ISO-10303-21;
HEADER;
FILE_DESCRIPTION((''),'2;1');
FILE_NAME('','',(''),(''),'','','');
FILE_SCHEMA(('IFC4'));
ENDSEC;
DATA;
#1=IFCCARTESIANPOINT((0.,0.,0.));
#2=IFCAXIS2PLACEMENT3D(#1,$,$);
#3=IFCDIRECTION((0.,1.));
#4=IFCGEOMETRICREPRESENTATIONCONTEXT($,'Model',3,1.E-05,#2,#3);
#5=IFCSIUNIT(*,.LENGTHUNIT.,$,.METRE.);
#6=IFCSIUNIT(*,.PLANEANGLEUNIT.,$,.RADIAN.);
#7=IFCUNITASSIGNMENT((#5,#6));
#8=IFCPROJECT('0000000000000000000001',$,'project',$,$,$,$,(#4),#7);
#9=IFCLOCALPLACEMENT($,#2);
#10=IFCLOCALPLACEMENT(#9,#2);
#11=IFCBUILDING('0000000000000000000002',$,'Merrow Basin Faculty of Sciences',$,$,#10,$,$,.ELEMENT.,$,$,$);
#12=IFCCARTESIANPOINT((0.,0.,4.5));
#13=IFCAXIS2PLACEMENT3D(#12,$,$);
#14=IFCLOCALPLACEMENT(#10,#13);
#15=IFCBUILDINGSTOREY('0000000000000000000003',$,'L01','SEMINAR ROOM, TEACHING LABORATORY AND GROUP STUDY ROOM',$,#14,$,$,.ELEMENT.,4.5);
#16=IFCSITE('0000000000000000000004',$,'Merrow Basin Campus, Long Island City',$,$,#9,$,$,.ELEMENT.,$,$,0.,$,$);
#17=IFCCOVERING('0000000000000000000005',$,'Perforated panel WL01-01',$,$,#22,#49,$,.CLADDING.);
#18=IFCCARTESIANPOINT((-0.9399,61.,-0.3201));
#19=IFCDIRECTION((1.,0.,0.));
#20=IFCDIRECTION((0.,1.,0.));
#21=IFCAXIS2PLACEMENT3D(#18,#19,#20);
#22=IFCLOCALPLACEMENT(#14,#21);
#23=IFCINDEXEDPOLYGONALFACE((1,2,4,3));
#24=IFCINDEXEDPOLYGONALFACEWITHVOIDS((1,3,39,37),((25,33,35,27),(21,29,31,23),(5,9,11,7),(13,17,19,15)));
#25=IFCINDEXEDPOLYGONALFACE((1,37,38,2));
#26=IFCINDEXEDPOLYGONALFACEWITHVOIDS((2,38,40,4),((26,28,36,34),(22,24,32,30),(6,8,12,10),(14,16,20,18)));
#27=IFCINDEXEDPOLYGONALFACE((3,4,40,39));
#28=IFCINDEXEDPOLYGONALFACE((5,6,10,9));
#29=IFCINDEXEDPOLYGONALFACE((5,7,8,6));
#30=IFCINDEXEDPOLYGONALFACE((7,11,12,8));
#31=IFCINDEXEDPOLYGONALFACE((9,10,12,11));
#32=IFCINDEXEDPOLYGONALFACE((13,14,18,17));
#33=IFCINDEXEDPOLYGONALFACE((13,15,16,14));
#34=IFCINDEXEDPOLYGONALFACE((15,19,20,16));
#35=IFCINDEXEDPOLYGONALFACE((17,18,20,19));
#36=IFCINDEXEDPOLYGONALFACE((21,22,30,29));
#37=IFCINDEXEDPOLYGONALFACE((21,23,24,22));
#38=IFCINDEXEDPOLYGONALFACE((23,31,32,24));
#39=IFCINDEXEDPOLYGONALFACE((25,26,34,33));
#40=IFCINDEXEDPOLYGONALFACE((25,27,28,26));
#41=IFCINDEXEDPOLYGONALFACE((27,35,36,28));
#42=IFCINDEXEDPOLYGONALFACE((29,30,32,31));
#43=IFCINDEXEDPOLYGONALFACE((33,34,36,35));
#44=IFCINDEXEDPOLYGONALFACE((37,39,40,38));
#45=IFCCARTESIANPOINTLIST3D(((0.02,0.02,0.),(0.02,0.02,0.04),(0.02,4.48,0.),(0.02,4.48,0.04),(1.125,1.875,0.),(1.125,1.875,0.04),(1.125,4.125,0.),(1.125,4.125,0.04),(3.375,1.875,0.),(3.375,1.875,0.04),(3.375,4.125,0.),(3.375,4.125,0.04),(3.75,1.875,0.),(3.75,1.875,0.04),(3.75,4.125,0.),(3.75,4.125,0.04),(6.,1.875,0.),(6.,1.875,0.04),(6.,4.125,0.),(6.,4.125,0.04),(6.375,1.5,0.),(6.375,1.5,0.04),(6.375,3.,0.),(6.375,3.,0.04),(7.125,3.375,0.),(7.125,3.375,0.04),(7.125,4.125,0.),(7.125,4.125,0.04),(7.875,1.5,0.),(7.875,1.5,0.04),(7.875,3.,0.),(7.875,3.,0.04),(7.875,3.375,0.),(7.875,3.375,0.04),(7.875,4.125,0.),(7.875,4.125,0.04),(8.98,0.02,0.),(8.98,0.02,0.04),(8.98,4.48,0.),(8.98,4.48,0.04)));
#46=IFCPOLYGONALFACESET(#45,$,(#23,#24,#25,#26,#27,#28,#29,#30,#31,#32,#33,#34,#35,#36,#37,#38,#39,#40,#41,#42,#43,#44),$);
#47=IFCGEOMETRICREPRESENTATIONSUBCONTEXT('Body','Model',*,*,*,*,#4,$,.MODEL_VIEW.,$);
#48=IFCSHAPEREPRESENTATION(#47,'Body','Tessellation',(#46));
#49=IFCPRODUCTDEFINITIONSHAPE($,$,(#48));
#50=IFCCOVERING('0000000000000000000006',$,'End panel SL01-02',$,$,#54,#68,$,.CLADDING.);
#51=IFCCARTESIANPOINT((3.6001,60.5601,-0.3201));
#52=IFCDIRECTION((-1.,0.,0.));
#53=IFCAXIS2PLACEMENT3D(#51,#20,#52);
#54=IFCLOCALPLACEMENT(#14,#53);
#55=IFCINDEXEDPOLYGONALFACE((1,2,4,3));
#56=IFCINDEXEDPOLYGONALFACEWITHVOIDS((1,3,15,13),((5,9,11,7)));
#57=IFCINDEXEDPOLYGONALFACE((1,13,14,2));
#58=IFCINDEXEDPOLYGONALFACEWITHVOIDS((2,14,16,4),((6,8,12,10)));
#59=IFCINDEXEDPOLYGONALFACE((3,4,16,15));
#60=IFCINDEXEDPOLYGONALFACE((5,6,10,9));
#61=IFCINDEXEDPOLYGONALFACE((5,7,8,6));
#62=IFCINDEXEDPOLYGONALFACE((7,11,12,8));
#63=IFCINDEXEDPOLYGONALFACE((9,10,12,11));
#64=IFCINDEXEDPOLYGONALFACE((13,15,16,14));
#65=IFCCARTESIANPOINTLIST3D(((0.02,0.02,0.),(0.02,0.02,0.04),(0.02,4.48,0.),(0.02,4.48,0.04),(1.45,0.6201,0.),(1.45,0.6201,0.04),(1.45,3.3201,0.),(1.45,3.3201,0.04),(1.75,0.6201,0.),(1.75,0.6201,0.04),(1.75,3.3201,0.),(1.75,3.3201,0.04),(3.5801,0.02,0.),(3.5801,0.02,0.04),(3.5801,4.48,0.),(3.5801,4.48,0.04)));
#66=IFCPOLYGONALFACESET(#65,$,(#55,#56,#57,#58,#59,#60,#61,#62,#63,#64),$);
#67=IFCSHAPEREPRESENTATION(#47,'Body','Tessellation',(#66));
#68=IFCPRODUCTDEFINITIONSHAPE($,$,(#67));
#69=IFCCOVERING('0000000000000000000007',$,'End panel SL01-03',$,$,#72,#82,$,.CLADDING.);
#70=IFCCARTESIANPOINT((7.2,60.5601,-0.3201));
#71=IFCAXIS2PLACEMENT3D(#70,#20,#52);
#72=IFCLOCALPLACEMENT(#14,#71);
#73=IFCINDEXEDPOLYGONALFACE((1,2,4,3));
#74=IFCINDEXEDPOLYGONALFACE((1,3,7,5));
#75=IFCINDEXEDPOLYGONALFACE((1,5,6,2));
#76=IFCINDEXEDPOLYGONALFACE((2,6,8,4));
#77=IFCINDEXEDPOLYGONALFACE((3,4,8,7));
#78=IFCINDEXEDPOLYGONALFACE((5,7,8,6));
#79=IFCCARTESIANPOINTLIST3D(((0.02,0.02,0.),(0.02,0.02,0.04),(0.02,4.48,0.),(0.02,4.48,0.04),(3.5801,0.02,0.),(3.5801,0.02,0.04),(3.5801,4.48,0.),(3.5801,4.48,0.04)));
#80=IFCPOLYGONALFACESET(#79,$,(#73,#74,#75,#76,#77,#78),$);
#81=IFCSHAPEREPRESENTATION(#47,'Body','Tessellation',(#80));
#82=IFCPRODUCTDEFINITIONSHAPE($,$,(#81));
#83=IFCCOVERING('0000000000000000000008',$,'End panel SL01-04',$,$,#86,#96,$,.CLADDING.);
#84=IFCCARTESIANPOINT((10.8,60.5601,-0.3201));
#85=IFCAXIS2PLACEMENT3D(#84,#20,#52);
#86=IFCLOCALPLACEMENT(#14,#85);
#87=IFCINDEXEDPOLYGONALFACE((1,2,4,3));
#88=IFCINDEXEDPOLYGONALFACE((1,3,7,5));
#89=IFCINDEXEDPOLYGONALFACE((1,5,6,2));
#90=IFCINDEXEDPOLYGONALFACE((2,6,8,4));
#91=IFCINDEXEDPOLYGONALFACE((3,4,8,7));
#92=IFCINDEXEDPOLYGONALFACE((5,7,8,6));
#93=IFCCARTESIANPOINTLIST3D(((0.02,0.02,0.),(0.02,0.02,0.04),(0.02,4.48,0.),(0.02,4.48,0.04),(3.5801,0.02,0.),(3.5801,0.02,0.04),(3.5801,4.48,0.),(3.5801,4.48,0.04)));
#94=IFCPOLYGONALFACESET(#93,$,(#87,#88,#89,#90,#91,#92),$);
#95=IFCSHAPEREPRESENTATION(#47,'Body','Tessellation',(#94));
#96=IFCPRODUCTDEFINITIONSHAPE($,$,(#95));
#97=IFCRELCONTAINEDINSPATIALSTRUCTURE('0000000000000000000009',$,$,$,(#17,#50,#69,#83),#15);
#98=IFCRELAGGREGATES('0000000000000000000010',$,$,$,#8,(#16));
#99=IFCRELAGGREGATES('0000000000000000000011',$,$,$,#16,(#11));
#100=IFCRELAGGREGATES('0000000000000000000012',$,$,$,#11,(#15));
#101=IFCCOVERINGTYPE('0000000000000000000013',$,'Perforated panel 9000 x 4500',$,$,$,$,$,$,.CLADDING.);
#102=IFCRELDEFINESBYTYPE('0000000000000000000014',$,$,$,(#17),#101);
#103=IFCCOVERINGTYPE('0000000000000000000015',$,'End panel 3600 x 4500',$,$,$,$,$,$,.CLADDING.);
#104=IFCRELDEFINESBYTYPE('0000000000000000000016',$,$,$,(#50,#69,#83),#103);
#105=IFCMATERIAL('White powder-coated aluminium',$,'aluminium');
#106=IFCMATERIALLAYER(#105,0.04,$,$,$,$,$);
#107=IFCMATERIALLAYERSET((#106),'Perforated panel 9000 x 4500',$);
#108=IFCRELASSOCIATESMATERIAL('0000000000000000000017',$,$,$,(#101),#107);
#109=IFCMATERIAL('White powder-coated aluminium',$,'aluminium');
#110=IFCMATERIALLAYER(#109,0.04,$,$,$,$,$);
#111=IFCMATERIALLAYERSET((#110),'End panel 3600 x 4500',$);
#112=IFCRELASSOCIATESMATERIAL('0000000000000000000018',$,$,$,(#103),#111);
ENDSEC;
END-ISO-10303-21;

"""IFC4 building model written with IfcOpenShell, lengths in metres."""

from ifc_helpers import new_model, si_unit, direction, frame, origin, place, context, subcontext, project, spatial, polyline, outline, extrude, source, transform, mapped, material, layer, layer_set, type_object, element, save


model = new_model("IFC4")

# Units and contexts
model_context = context("Model", 3, precision=1e-05, world=origin(), true_north=direction((0.0, 1.0)))
body_context = subcontext(model_context, "Body", "Model", "MODEL_VIEW")
ifc_project = project(units=[si_unit("LENGTHUNIT", "METRE"), si_unit("PLANEANGLEUNIT", "RADIAN")], contexts=[model_context])

# Site, building, storey
site_placement = place(None, origin())
site = spatial("IfcSite", under=ifc_project, at=site_placement, Name="Merrow Basin Campus, Long Island City", CompositionType="ELEMENT", RefElevation=0.0)
building_placement = place(site_placement, origin())
building = spatial("IfcBuilding", under=site, at=building_placement, Name="Merrow Basin Faculty of Sciences", CompositionType="ELEMENT")
storey_placement = place(building_placement, frame((0.0, 0.0, 4.5)))
storey = spatial("IfcBuildingStorey", under=building, at=storey_placement, Name="L01", Description="SEMINAR ROOM, TEACHING LABORATORY AND GROUP STUDY ROOM", CompositionType="ELEMENT", Elevation=4.5)

# Coverings
ifc_material_1 = material(Name="White powder-coated aluminium", Category="aluminium")
ifc_layer_1 = layer(ifc_material_1, 0.04)
ifc_layer_set_1 = layer_set([ifc_layer_1], Name="Perforated panel 9000 x 4500")
covering_type_1 = type_object("IfcCoveringType", Name="Perforated panel 9000 x 4500", PredefinedType="CLADDING", material=ifc_layer_set_1)
shared_shape_1 = source(origin(), body_context, "Body", "SweptSolid", [
    extrude(outline(polyline([(0.02, 0.02), (8.98, 0.02), (8.98, 4.48), (0.02, 4.48), (0.02, 0.02)]), holes=[polyline([(6.375, 1.5), (7.875, 1.5), (7.875, 3.0), (6.375, 3.0), (6.375, 1.5)]), polyline([(1.125, 1.875), (3.375, 1.875), (3.375, 4.125), (1.125, 4.125), (1.125, 1.875)]), polyline([(3.75, 1.875), (6.0, 1.875), (6.0, 4.125), (3.75, 4.125), (3.75, 1.875)]), polyline([(7.125, 3.375), (7.875, 3.375), (7.875, 4.125), (7.125, 4.125), (7.125, 3.375)])]), origin(), (0.0, 0.0, 1.0), 0.04),
])
covering_1_placement = place(storey_placement, frame((-0.9399, 61.0, -0.3201), z_axis=(1.0, 0.0, 0.0), x_axis=(0.0, 1.0, 0.0)))
element("IfcCovering", 1, at=covering_1_placement, inside=storey, type_object=covering_type_1, Name="Perforated panel WL01-01", PredefinedType="CLADDING", context=body_context, shape_type="MappedRepresentation", body=[
    mapped(shared_shape_1, transform((0.0, 0.0, 0.0), scale=1.0)),
])
ifc_material_2 = material(Name="White powder-coated aluminium", Category="aluminium")
ifc_layer_2 = layer(ifc_material_2, 0.04)
ifc_layer_set_2 = layer_set([ifc_layer_2], Name="End panel 3600 x 4500")
covering_type_2 = type_object("IfcCoveringType", Name="End panel 3600 x 4500", PredefinedType="CLADDING", material=ifc_layer_set_2)
shared_shape_2 = source(origin(), body_context, "Body", "SweptSolid", [
    extrude(outline(polyline([(0.02, 0.02), (3.5801, 0.02), (3.5801, 4.48), (0.02, 4.48), (0.02, 0.02)]), holes=[polyline([(1.45, 0.6201), (1.75, 0.6201), (1.75, 3.3201), (1.45, 3.3201), (1.45, 0.6201)])]), origin(), (0.0, 0.0, 1.0), 0.04),
])
covering_2_placement = place(storey_placement, frame((3.6001, 60.5601, -0.3201), z_axis=(0.0, 1.0, 0.0), x_axis=(-1.0, 0.0, 0.0)))
element("IfcCovering", 2, at=covering_2_placement, inside=storey, type_object=covering_type_2, Name="End panel SL01-02", PredefinedType="CLADDING", context=body_context, shape_type="MappedRepresentation", body=[
    mapped(shared_shape_2, transform((0.0, 0.0, 0.0), scale=1.0)),
])
shared_shape_3 = source(origin(), body_context, "Body", "SweptSolid", [
    extrude(outline(polyline([(0.02, 0.02), (3.5801, 0.02), (3.5801, 4.48), (0.02, 4.48), (0.02, 0.02)])), origin(), (0.0, 0.0, 1.0), 0.04),
])
covering_3_placement = place(storey_placement, frame((7.2, 60.5601, -0.3201), z_axis=(0.0, 1.0, 0.0), x_axis=(-1.0, 0.0, 0.0)))
element("IfcCovering", 3, at=covering_3_placement, inside=storey, type_object=covering_type_2, Name="End panel SL01-03", PredefinedType="CLADDING", context=body_context, shape_type="MappedRepresentation", body=[
    mapped(shared_shape_3, transform((0.0, 0.0, 0.0), scale=1.0)),
])
shared_shape_4 = source(origin(), body_context, "Body", "SweptSolid", [
    extrude(outline(polyline([(0.02, 0.02), (3.5801, 0.02), (3.5801, 4.48), (0.02, 4.48), (0.02, 0.02)])), origin(), (0.0, 0.0, 1.0), 0.04),
])
covering_4_placement = place(storey_placement, frame((10.8, 60.5601, -0.3201), z_axis=(0.0, 1.0, 0.0), x_axis=(-1.0, 0.0, 0.0)))
element("IfcCovering", 4, at=covering_4_placement, inside=storey, type_object=covering_type_2, Name="End panel SL01-04", PredefinedType="CLADDING", context=body_context, shape_type="MappedRepresentation", body=[
    mapped(shared_shape_4, transform((0.0, 0.0, 0.0), scale=1.0)),
])

save(model, "model.ifc")
